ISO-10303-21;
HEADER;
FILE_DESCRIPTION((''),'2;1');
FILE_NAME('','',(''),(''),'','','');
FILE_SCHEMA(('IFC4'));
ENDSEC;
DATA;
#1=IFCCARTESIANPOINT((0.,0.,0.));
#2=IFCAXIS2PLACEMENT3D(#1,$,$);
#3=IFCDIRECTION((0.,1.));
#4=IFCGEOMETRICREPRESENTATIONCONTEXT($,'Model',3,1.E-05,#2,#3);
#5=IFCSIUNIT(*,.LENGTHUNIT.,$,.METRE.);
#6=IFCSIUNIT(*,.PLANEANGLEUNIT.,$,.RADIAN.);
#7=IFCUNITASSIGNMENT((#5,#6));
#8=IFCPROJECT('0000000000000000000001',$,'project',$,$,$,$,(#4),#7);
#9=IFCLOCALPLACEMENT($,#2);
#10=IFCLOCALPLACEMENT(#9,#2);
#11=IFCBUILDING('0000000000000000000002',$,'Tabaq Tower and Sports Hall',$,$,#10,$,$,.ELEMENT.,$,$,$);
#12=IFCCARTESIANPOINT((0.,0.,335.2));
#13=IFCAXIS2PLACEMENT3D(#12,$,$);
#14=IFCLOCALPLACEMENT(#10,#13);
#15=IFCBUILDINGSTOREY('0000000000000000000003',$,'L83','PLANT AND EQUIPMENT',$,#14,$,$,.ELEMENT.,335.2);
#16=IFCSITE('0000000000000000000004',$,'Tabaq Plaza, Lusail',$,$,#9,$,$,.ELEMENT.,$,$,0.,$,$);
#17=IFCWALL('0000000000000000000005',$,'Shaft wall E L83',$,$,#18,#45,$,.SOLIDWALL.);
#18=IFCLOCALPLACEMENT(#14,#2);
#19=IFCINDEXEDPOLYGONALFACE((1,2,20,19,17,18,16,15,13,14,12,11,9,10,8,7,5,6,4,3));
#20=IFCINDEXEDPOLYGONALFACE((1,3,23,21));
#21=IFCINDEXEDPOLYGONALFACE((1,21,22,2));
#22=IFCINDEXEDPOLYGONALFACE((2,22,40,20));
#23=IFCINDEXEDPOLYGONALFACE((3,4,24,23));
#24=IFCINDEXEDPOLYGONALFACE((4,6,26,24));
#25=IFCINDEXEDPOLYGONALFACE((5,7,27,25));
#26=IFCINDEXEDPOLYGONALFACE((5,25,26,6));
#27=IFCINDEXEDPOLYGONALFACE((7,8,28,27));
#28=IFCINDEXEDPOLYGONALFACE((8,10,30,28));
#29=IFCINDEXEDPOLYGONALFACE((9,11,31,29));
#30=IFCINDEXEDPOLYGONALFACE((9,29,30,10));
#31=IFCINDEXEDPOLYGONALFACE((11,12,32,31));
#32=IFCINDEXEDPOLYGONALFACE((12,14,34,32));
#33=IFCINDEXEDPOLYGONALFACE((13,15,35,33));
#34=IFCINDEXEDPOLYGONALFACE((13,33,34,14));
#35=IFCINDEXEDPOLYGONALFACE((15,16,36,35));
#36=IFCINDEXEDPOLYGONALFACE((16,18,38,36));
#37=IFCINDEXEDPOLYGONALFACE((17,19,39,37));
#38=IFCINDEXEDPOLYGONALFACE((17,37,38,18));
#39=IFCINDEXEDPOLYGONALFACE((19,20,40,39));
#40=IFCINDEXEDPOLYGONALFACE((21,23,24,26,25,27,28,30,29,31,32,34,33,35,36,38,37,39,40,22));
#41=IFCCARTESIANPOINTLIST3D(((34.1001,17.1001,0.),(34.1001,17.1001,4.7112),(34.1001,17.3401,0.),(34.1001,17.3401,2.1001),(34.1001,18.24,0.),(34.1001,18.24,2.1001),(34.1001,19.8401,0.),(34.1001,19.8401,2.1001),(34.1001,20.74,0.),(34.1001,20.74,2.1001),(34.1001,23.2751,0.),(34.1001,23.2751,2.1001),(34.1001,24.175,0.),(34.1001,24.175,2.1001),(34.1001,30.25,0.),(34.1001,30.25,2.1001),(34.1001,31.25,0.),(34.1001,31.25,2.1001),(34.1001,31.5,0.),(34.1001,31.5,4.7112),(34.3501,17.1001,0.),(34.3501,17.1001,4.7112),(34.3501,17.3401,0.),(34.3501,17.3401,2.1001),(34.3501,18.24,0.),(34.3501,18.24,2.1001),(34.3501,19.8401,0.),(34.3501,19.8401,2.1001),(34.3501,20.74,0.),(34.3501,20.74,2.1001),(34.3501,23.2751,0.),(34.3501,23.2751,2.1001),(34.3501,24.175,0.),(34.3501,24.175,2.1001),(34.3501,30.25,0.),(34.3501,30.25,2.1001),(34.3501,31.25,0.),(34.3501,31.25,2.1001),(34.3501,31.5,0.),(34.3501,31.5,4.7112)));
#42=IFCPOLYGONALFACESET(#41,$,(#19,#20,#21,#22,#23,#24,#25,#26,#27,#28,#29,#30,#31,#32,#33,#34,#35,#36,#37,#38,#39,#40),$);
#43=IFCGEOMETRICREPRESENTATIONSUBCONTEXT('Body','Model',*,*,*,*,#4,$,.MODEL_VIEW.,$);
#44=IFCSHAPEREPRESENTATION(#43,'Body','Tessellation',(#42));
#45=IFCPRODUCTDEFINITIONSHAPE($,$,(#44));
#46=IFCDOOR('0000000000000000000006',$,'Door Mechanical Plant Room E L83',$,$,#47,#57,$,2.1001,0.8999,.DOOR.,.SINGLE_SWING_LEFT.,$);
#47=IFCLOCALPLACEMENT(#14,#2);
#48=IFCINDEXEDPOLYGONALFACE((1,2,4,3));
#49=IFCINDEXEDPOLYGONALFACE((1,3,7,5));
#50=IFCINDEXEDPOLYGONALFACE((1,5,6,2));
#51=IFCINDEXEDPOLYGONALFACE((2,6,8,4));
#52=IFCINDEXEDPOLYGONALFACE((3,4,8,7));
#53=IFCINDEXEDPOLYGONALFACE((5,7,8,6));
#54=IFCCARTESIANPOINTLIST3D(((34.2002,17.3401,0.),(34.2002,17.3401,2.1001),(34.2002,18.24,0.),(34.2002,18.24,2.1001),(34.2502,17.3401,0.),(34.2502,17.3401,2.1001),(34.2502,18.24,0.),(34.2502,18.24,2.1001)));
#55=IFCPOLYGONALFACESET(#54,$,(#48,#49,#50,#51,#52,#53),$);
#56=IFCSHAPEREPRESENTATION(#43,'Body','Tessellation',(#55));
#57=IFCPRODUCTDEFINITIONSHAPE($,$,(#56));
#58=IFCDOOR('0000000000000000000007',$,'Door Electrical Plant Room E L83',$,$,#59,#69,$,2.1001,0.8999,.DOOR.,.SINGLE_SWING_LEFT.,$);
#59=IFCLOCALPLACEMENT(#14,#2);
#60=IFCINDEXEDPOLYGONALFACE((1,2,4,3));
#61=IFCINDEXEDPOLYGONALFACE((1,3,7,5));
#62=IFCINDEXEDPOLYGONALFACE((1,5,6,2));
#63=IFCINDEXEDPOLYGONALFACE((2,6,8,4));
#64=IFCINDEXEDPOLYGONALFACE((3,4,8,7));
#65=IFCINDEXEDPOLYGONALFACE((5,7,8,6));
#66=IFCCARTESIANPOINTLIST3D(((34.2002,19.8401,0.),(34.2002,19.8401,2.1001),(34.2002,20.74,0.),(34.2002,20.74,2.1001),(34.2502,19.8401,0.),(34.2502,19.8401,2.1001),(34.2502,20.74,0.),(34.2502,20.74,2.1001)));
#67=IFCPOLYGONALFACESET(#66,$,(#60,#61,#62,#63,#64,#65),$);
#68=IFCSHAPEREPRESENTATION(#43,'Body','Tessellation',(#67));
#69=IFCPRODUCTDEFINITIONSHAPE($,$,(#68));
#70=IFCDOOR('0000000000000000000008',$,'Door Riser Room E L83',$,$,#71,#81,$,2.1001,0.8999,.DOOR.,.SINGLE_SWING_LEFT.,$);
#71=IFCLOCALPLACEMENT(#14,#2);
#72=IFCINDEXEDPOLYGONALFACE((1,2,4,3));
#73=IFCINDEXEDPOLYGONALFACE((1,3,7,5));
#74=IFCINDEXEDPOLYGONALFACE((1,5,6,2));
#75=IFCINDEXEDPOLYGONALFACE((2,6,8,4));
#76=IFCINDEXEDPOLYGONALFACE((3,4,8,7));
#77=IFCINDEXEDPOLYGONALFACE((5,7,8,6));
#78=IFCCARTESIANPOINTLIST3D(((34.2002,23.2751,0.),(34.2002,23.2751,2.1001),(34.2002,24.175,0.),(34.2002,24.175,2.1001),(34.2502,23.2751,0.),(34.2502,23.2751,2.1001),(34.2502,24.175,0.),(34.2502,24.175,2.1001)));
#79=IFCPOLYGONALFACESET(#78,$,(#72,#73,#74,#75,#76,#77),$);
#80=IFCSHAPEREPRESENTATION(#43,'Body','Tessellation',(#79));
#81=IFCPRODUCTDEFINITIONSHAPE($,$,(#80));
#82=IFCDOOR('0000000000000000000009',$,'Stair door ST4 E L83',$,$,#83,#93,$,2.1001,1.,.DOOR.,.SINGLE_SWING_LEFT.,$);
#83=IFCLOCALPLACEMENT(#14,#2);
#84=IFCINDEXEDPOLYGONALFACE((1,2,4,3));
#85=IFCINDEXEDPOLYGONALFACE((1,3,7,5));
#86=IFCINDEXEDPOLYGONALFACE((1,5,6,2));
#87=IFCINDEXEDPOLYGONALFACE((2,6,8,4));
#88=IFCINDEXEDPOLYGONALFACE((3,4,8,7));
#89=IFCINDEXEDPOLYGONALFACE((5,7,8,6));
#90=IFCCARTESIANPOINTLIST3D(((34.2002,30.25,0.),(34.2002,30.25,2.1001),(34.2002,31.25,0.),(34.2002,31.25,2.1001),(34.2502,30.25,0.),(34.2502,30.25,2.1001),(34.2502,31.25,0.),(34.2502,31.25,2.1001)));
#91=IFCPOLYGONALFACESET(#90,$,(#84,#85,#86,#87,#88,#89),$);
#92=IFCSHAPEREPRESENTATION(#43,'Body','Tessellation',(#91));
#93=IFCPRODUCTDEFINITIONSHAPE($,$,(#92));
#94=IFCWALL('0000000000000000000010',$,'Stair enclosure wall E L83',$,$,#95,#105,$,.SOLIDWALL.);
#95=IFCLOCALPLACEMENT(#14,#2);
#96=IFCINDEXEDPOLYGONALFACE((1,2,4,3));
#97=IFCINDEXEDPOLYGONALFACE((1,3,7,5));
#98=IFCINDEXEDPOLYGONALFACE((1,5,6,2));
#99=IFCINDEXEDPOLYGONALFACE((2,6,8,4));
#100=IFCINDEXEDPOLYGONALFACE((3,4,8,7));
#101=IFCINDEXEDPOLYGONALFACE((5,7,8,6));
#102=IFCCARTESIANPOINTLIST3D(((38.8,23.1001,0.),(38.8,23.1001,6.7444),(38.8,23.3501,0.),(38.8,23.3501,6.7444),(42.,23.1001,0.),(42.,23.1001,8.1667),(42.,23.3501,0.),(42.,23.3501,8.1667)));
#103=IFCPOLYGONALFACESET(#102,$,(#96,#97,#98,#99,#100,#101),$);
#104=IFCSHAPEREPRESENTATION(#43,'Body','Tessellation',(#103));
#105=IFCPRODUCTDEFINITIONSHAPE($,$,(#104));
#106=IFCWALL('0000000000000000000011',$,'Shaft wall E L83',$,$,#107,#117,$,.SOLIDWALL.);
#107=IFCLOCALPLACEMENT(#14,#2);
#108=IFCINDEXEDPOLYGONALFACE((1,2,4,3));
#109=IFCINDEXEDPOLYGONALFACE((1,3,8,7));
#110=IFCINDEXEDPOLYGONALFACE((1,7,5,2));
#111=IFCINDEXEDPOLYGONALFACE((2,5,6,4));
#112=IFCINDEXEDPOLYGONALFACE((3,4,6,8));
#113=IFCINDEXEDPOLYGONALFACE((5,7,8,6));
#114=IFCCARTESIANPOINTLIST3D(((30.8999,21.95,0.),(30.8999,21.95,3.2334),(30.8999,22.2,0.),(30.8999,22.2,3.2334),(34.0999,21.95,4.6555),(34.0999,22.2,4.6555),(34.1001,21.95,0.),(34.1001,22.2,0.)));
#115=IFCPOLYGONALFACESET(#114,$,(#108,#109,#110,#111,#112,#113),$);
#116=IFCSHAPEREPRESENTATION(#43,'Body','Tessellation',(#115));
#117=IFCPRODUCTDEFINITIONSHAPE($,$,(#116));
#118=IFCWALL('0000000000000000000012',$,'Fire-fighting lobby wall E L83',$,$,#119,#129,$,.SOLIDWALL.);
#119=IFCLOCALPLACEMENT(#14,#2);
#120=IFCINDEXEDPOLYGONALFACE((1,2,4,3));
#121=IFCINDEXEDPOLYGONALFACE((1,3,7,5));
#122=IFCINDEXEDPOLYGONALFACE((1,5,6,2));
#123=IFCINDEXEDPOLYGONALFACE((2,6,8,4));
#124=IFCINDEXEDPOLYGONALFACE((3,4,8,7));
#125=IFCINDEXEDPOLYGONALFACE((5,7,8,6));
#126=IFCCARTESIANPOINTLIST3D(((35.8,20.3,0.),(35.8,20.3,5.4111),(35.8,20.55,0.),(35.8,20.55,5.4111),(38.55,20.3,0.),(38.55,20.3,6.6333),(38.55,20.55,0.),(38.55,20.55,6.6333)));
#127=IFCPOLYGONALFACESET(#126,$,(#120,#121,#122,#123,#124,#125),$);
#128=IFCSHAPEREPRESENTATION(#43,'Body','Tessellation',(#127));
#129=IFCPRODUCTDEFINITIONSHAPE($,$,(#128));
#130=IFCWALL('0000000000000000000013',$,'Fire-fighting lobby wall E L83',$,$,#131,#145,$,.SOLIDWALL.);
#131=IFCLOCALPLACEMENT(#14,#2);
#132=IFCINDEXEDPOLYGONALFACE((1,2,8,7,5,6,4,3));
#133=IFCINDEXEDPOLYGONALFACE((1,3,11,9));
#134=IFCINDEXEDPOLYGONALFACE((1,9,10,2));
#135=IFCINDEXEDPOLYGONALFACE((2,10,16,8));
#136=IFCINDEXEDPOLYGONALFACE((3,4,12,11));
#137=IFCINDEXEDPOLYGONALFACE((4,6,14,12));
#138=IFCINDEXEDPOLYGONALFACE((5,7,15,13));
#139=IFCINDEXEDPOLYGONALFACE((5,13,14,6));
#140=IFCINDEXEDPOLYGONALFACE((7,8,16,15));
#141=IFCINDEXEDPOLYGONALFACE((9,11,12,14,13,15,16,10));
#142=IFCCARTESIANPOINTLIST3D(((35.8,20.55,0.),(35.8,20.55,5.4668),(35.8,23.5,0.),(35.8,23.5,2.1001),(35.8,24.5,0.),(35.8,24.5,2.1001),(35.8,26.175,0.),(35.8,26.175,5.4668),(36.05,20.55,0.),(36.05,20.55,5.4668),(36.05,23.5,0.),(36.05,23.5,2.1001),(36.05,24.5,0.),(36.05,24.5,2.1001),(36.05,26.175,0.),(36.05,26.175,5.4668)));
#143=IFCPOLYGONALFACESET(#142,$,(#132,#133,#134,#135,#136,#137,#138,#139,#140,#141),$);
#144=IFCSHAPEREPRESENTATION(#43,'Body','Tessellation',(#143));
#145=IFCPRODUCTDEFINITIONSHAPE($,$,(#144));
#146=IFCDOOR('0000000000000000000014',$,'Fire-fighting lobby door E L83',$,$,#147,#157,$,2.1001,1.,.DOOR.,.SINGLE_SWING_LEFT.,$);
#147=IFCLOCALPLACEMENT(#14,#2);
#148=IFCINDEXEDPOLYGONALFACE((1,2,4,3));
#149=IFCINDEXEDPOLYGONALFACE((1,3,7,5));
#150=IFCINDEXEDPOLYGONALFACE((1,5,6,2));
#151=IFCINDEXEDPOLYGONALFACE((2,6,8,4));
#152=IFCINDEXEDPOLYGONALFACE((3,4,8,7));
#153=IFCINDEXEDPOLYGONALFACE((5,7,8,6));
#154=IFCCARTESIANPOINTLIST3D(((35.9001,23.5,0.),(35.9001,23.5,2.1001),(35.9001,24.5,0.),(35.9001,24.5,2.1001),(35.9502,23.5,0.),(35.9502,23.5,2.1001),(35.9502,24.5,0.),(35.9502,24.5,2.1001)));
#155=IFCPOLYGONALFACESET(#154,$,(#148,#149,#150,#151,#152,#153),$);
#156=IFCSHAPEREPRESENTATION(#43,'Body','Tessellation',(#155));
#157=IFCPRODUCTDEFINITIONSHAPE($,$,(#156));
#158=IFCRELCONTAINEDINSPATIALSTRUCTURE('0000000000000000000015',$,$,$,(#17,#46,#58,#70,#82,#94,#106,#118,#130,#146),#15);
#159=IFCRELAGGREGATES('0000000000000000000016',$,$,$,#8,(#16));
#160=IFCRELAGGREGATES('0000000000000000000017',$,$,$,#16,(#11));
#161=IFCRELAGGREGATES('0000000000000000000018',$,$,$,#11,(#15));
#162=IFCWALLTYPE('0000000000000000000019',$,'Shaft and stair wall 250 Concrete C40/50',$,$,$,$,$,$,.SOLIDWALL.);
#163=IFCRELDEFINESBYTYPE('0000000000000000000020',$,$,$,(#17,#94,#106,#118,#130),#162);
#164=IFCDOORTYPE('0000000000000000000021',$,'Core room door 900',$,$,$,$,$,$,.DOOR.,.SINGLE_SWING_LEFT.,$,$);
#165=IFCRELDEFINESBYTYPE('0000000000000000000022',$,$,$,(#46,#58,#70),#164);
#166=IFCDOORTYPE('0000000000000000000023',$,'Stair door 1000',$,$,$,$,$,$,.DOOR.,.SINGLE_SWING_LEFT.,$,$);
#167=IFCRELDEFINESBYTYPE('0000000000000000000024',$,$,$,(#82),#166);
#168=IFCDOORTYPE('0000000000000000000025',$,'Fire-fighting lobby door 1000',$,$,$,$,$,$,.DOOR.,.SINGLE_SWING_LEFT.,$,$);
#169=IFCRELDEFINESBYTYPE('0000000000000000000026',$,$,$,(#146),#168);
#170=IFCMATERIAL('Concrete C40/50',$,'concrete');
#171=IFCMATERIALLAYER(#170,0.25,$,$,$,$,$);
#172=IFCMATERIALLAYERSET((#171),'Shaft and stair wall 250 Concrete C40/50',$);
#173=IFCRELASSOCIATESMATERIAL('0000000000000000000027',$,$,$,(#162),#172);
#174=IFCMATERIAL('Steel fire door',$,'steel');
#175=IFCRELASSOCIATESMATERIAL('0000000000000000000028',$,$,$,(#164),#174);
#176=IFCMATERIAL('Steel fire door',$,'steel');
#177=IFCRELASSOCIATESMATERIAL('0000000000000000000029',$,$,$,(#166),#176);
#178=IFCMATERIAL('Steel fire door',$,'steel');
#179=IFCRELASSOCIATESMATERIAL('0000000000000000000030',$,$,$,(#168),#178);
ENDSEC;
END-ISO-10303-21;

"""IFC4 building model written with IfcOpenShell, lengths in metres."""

from ifc_helpers import new_model, si_unit, direction, frame, frame_2d, origin, place, context, subcontext, project, spatial, polyline, rectangle, outline, extrude, material, layer, layer_set, type_object, element, fill, save


model = new_model("IFC4")

# Units and contexts
model_context = context("Model", 3, precision=1e-05, world=origin(), true_north=direction((0.0, 1.0)))
body_context = subcontext(model_context, "Body", "Model", "MODEL_VIEW")
ifc_project = project(units=[si_unit("LENGTHUNIT", "METRE"), si_unit("PLANEANGLEUNIT", "RADIAN")], contexts=[model_context])

# Site, building, storey
site_placement = place(None, origin())
site = spatial("IfcSite", under=ifc_project, at=site_placement, Name="Tabaq Plaza, Lusail", CompositionType="ELEMENT", RefElevation=0.0)
building_placement = place(site_placement, origin())
building = spatial("IfcBuilding", under=site, at=building_placement, Name="Tabaq Tower and Sports Hall", CompositionType="ELEMENT")
storey_placement = place(building_placement, frame((0.0, 0.0, 335.2)))
storey = spatial("IfcBuildingStorey", under=building, at=storey_placement, Name="L83", Description="PLANT AND EQUIPMENT", CompositionType="ELEMENT", Elevation=335.2)

# Wall, openings, doors
ifc_material_1 = material(Name="Concrete C40/50", Category="concrete")
ifc_layer_1 = layer(ifc_material_1, 0.25)
ifc_layer_set_1 = layer_set([ifc_layer_1], Name="Shaft and stair wall 250 Concrete C40/50")
wall_type_1 = type_object("IfcWallType", Name="Shaft and stair wall 250 Concrete C40/50", PredefinedType="SOLIDWALL", material=ifc_layer_set_1)
ifc_material_2 = material(Name="Steel fire door", Category="steel")
door_type_1 = type_object("IfcDoorType", Name="Core room door 900", OperationType="SINGLE_SWING_LEFT", PredefinedType="DOOR", material=ifc_material_2)
ifc_material_3 = material(Name="Steel fire door", Category="steel")
door_type_2 = type_object("IfcDoorType", Name="Stair door 1000", OperationType="SINGLE_SWING_LEFT", PredefinedType="DOOR", material=ifc_material_3)
wall_1_placement = place(storey_placement, frame((34.2251, 17.1001, 0.0), z_axis=(0.0, 0.0, 1.0), x_axis=(0.0, 1.0, 0.0)))
wall_1 = element("IfcWall", 1, at=wall_1_placement, inside=storey, type_object=wall_type_1, Name="Shaft wall E L83", PredefinedType="SOLIDWALL", context=body_context, shape_type="SweptSolid", body=[
    extrude(rectangle(XDim=14.3999, YDim=0.25, at=frame_2d((7.2, 0.0))), origin(), (0.0, 0.0, 1.0), 4.7112),
])
opening_1_placement = place(wall_1_placement, frame((13.1499, 0.0, 0.0)))
opening_1 = element("IfcOpeningElement", 2, at=opening_1_placement, cuts=wall_1, PredefinedType="OPENING", context=body_context, shape_type="SweptSolid", body=[
    extrude(rectangle(XDim=1.0, YDim=2.1001, at=frame_2d((0.5, 1.05))), frame((0.0, 0.125, 0.0), z_axis=(0.0, -1.0, 0.0), x_axis=(1.0, 0.0, 0.0)), (0.0, 0.0, 1.0), 0.25),
])
opening_2_placement = place(wall_1_placement, frame((0.24, 0.0, 0.0)))
opening_2 = element("IfcOpeningElement", 3, at=opening_2_placement, cuts=wall_1, PredefinedType="OPENING", context=body_context, shape_type="SweptSolid", body=[
    extrude(rectangle(XDim=0.8999, YDim=2.1001, at=frame_2d((0.45, 1.05))), frame((0.0, 0.125, 0.0), z_axis=(0.0, -1.0, 0.0), x_axis=(1.0, 0.0, 0.0)), (0.0, 0.0, 1.0), 0.25),
])
opening_3_placement = place(wall_1_placement, frame((2.74, 0.0, 0.0)))
opening_3 = element("IfcOpeningElement", 4, at=opening_3_placement, cuts=wall_1, PredefinedType="OPENING", context=body_context, shape_type="SweptSolid", body=[
    extrude(rectangle(XDim=0.8999, YDim=2.1001, at=frame_2d((0.45, 1.05))), frame((0.0, 0.125, 0.0), z_axis=(0.0, -1.0, 0.0), x_axis=(1.0, 0.0, 0.0)), (0.0, 0.0, 1.0), 0.25),
])
opening_4_placement = place(wall_1_placement, frame((6.175, 0.0, 0.0)))
opening_4 = element("IfcOpeningElement", 5, at=opening_4_placement, cuts=wall_1, PredefinedType="OPENING", context=body_context, shape_type="SweptSolid", body=[
    extrude(rectangle(XDim=0.8999, YDim=2.1001, at=frame_2d((0.45, 1.05))), frame((0.0, 0.125, 0.0), z_axis=(0.0, -1.0, 0.0), x_axis=(1.0, 0.0, 0.0)), (0.0, 0.0, 1.0), 0.25),
])
door_1_placement = place(opening_2_placement, origin())
door_1 = element("IfcDoor", 6, at=door_1_placement, inside=storey, type_object=door_type_1, Name="Door Mechanical Plant Room E L83", OperationType="SINGLE_SWING_LEFT", OverallHeight=2.1001, OverallWidth=0.8999, PredefinedType="DOOR", context=body_context, shape_type="SweptSolid", body=[
    extrude(rectangle(XDim=0.8999, YDim=2.1001, at=frame_2d((0.45, 1.05))), frame((0.0, 0.0249, 0.0), z_axis=(0.0, -1.0, 0.0), x_axis=(1.0, 0.0, 0.0)), (0.0, 0.0, 1.0), 0.05),
])
fill(opening_2, door_1)
door_2_placement = place(opening_3_placement, origin())
door_2 = element("IfcDoor", 7, at=door_2_placement, inside=storey, type_object=door_type_1, Name="Door Electrical Plant Room E L83", OperationType="SINGLE_SWING_LEFT", OverallHeight=2.1001, OverallWidth=0.8999, PredefinedType="DOOR", context=body_context, shape_type="SweptSolid", body=[
    extrude(rectangle(XDim=0.8999, YDim=2.1001, at=frame_2d((0.45, 1.05))), frame((0.0, 0.0249, 0.0), z_axis=(0.0, -1.0, 0.0), x_axis=(1.0, 0.0, 0.0)), (0.0, 0.0, 1.0), 0.05),
])
fill(opening_3, door_2)
door_3_placement = place(opening_4_placement, origin())
door_3 = element("IfcDoor", 8, at=door_3_placement, inside=storey, type_object=door_type_1, Name="Door Riser Room E L83", OperationType="SINGLE_SWING_LEFT", OverallHeight=2.1001, OverallWidth=0.8999, PredefinedType="DOOR", context=body_context, shape_type="SweptSolid", body=[
    extrude(rectangle(XDim=0.8999, YDim=2.1001, at=frame_2d((0.45, 1.05))), frame((0.0, 0.0249, 0.0), z_axis=(0.0, -1.0, 0.0), x_axis=(1.0, 0.0, 0.0)), (0.0, 0.0, 1.0), 0.05),
])
fill(opening_4, door_3)
door_4_placement = place(opening_1_placement, origin())
door_4 = element("IfcDoor", 9, at=door_4_placement, inside=storey, type_object=door_type_2, Name="Stair door ST4 E L83", OperationType="SINGLE_SWING_LEFT", OverallHeight=2.1001, OverallWidth=1.0, PredefinedType="DOOR", context=body_context, shape_type="SweptSolid", body=[
    extrude(rectangle(XDim=1.0, YDim=2.1001, at=frame_2d((0.5, 1.05))), frame((0.0, 0.0249, 0.0), z_axis=(0.0, -1.0, 0.0), x_axis=(1.0, 0.0, 0.0)), (0.0, 0.0, 1.0), 0.05),
])
fill(opening_1, door_4)

# Walls
wall_2_placement = place(storey_placement, frame((38.8, 23.2251, 0.0), z_axis=(0.0, 0.0, 1.0), x_axis=(1.0, 0.0, 0.0)))
element("IfcWall", 10, at=wall_2_placement, inside=storey, type_object=wall_type_1, Name="Stair enclosure wall E L83", PredefinedType="SOLIDWALL", context=body_context, shape_type="SweptSolid", body=[
    extrude(outline(polyline([(0.0, 0.0), (3.2, 0.0), (3.2, 8.1667), (0.0, 6.7444), (0.0, 0.0)])), frame((0.0, 0.125, 0.0), z_axis=(0.0, -1.0, 0.0), x_axis=(1.0, 0.0, 0.0)), (0.0, 0.0, 1.0), 0.25),
])
wall_3_placement = place(storey_placement, frame((30.8999, 22.075, 0.0), z_axis=(0.0, 0.0, 1.0), x_axis=(1.0, 0.0, 0.0)))
element("IfcWall", 11, at=wall_3_placement, inside=storey, type_object=wall_type_1, Name="Shaft wall E L83", PredefinedType="SOLIDWALL", context=body_context, shape_type="SweptSolid", body=[
    extrude(outline(polyline([(0.0, 0.0), (3.2002, 0.0), (3.2, 4.6555), (0.0, 3.2334), (0.0, 0.0)])), frame((0.0, 0.125, 0.0), z_axis=(0.0, -1.0, 0.0), x_axis=(1.0, 0.0, 0.0)), (0.0, 0.0, 1.0), 0.25),
])
wall_4_placement = place(storey_placement, frame((35.8, 20.425, 0.0), z_axis=(0.0, 0.0, 1.0), x_axis=(1.0, 0.0, 0.0)))
element("IfcWall", 12, at=wall_4_placement, inside=storey, type_object=wall_type_1, Name="Fire-fighting lobby wall E L83", PredefinedType="SOLIDWALL", context=body_context, shape_type="SweptSolid", body=[
    extrude(outline(polyline([(0.0, 0.0), (2.75, 0.0), (2.75, 6.6333), (0.0, 5.4111), (0.0, 0.0)])), frame((0.0, 0.125, 0.0), z_axis=(0.0, -1.0, 0.0), x_axis=(1.0, 0.0, 0.0)), (0.0, 0.0, 1.0), 0.25),
])

# Wall, opening, door
wall_5_placement = place(storey_placement, frame((35.925, 20.55, 0.0), z_axis=(0.0, 0.0, 1.0), x_axis=(0.0, 1.0, 0.0)))
wall_5 = element("IfcWall", 13, at=wall_5_placement, inside=storey, type_object=wall_type_1, Name="Fire-fighting lobby wall E L83", PredefinedType="SOLIDWALL", context=body_context, shape_type="SweptSolid", body=[
    extrude(rectangle(XDim=5.625, YDim=0.25, at=frame_2d((2.8125, 0.0))), origin(), (0.0, 0.0, 1.0), 5.4668),
])
opening_5_placement = place(wall_5_placement, frame((2.95, 0.0, 0.0)))
opening_5 = element("IfcOpeningElement", 14, at=opening_5_placement, cuts=wall_5, PredefinedType="OPENING", context=body_context, shape_type="SweptSolid", body=[
    extrude(rectangle(XDim=1.0, YDim=2.1001, at=frame_2d((0.5, 1.05))), frame((0.0, 0.125, 0.0), z_axis=(0.0, -1.0, 0.0), x_axis=(1.0, 0.0, 0.0)), (0.0, 0.0, 1.0), 0.25),
])
ifc_material_4 = material(Name="Steel fire door", Category="steel")
door_type_3 = type_object("IfcDoorType", Name="Fire-fighting lobby door 1000", OperationType="SINGLE_SWING_LEFT", PredefinedType="DOOR", material=ifc_material_4)
door_5_placement = place(opening_5_placement, origin())
door_5 = element("IfcDoor", 15, at=door_5_placement, inside=storey, type_object=door_type_3, Name="Fire-fighting lobby door E L83", OperationType="SINGLE_SWING_LEFT", OverallHeight=2.1001, OverallWidth=1.0, PredefinedType="DOOR", context=body_context, shape_type="SweptSolid", body=[
    extrude(rectangle(XDim=1.0, YDim=2.1001, at=frame_2d((0.5, 1.05))), frame((0.0, 0.0249, 0.0), z_axis=(0.0, -1.0, 0.0), x_axis=(1.0, 0.0, 0.0)), (0.0, 0.0, 1.0), 0.05),
])
fill(opening_5, door_5)

save(model, "model.ifc")
